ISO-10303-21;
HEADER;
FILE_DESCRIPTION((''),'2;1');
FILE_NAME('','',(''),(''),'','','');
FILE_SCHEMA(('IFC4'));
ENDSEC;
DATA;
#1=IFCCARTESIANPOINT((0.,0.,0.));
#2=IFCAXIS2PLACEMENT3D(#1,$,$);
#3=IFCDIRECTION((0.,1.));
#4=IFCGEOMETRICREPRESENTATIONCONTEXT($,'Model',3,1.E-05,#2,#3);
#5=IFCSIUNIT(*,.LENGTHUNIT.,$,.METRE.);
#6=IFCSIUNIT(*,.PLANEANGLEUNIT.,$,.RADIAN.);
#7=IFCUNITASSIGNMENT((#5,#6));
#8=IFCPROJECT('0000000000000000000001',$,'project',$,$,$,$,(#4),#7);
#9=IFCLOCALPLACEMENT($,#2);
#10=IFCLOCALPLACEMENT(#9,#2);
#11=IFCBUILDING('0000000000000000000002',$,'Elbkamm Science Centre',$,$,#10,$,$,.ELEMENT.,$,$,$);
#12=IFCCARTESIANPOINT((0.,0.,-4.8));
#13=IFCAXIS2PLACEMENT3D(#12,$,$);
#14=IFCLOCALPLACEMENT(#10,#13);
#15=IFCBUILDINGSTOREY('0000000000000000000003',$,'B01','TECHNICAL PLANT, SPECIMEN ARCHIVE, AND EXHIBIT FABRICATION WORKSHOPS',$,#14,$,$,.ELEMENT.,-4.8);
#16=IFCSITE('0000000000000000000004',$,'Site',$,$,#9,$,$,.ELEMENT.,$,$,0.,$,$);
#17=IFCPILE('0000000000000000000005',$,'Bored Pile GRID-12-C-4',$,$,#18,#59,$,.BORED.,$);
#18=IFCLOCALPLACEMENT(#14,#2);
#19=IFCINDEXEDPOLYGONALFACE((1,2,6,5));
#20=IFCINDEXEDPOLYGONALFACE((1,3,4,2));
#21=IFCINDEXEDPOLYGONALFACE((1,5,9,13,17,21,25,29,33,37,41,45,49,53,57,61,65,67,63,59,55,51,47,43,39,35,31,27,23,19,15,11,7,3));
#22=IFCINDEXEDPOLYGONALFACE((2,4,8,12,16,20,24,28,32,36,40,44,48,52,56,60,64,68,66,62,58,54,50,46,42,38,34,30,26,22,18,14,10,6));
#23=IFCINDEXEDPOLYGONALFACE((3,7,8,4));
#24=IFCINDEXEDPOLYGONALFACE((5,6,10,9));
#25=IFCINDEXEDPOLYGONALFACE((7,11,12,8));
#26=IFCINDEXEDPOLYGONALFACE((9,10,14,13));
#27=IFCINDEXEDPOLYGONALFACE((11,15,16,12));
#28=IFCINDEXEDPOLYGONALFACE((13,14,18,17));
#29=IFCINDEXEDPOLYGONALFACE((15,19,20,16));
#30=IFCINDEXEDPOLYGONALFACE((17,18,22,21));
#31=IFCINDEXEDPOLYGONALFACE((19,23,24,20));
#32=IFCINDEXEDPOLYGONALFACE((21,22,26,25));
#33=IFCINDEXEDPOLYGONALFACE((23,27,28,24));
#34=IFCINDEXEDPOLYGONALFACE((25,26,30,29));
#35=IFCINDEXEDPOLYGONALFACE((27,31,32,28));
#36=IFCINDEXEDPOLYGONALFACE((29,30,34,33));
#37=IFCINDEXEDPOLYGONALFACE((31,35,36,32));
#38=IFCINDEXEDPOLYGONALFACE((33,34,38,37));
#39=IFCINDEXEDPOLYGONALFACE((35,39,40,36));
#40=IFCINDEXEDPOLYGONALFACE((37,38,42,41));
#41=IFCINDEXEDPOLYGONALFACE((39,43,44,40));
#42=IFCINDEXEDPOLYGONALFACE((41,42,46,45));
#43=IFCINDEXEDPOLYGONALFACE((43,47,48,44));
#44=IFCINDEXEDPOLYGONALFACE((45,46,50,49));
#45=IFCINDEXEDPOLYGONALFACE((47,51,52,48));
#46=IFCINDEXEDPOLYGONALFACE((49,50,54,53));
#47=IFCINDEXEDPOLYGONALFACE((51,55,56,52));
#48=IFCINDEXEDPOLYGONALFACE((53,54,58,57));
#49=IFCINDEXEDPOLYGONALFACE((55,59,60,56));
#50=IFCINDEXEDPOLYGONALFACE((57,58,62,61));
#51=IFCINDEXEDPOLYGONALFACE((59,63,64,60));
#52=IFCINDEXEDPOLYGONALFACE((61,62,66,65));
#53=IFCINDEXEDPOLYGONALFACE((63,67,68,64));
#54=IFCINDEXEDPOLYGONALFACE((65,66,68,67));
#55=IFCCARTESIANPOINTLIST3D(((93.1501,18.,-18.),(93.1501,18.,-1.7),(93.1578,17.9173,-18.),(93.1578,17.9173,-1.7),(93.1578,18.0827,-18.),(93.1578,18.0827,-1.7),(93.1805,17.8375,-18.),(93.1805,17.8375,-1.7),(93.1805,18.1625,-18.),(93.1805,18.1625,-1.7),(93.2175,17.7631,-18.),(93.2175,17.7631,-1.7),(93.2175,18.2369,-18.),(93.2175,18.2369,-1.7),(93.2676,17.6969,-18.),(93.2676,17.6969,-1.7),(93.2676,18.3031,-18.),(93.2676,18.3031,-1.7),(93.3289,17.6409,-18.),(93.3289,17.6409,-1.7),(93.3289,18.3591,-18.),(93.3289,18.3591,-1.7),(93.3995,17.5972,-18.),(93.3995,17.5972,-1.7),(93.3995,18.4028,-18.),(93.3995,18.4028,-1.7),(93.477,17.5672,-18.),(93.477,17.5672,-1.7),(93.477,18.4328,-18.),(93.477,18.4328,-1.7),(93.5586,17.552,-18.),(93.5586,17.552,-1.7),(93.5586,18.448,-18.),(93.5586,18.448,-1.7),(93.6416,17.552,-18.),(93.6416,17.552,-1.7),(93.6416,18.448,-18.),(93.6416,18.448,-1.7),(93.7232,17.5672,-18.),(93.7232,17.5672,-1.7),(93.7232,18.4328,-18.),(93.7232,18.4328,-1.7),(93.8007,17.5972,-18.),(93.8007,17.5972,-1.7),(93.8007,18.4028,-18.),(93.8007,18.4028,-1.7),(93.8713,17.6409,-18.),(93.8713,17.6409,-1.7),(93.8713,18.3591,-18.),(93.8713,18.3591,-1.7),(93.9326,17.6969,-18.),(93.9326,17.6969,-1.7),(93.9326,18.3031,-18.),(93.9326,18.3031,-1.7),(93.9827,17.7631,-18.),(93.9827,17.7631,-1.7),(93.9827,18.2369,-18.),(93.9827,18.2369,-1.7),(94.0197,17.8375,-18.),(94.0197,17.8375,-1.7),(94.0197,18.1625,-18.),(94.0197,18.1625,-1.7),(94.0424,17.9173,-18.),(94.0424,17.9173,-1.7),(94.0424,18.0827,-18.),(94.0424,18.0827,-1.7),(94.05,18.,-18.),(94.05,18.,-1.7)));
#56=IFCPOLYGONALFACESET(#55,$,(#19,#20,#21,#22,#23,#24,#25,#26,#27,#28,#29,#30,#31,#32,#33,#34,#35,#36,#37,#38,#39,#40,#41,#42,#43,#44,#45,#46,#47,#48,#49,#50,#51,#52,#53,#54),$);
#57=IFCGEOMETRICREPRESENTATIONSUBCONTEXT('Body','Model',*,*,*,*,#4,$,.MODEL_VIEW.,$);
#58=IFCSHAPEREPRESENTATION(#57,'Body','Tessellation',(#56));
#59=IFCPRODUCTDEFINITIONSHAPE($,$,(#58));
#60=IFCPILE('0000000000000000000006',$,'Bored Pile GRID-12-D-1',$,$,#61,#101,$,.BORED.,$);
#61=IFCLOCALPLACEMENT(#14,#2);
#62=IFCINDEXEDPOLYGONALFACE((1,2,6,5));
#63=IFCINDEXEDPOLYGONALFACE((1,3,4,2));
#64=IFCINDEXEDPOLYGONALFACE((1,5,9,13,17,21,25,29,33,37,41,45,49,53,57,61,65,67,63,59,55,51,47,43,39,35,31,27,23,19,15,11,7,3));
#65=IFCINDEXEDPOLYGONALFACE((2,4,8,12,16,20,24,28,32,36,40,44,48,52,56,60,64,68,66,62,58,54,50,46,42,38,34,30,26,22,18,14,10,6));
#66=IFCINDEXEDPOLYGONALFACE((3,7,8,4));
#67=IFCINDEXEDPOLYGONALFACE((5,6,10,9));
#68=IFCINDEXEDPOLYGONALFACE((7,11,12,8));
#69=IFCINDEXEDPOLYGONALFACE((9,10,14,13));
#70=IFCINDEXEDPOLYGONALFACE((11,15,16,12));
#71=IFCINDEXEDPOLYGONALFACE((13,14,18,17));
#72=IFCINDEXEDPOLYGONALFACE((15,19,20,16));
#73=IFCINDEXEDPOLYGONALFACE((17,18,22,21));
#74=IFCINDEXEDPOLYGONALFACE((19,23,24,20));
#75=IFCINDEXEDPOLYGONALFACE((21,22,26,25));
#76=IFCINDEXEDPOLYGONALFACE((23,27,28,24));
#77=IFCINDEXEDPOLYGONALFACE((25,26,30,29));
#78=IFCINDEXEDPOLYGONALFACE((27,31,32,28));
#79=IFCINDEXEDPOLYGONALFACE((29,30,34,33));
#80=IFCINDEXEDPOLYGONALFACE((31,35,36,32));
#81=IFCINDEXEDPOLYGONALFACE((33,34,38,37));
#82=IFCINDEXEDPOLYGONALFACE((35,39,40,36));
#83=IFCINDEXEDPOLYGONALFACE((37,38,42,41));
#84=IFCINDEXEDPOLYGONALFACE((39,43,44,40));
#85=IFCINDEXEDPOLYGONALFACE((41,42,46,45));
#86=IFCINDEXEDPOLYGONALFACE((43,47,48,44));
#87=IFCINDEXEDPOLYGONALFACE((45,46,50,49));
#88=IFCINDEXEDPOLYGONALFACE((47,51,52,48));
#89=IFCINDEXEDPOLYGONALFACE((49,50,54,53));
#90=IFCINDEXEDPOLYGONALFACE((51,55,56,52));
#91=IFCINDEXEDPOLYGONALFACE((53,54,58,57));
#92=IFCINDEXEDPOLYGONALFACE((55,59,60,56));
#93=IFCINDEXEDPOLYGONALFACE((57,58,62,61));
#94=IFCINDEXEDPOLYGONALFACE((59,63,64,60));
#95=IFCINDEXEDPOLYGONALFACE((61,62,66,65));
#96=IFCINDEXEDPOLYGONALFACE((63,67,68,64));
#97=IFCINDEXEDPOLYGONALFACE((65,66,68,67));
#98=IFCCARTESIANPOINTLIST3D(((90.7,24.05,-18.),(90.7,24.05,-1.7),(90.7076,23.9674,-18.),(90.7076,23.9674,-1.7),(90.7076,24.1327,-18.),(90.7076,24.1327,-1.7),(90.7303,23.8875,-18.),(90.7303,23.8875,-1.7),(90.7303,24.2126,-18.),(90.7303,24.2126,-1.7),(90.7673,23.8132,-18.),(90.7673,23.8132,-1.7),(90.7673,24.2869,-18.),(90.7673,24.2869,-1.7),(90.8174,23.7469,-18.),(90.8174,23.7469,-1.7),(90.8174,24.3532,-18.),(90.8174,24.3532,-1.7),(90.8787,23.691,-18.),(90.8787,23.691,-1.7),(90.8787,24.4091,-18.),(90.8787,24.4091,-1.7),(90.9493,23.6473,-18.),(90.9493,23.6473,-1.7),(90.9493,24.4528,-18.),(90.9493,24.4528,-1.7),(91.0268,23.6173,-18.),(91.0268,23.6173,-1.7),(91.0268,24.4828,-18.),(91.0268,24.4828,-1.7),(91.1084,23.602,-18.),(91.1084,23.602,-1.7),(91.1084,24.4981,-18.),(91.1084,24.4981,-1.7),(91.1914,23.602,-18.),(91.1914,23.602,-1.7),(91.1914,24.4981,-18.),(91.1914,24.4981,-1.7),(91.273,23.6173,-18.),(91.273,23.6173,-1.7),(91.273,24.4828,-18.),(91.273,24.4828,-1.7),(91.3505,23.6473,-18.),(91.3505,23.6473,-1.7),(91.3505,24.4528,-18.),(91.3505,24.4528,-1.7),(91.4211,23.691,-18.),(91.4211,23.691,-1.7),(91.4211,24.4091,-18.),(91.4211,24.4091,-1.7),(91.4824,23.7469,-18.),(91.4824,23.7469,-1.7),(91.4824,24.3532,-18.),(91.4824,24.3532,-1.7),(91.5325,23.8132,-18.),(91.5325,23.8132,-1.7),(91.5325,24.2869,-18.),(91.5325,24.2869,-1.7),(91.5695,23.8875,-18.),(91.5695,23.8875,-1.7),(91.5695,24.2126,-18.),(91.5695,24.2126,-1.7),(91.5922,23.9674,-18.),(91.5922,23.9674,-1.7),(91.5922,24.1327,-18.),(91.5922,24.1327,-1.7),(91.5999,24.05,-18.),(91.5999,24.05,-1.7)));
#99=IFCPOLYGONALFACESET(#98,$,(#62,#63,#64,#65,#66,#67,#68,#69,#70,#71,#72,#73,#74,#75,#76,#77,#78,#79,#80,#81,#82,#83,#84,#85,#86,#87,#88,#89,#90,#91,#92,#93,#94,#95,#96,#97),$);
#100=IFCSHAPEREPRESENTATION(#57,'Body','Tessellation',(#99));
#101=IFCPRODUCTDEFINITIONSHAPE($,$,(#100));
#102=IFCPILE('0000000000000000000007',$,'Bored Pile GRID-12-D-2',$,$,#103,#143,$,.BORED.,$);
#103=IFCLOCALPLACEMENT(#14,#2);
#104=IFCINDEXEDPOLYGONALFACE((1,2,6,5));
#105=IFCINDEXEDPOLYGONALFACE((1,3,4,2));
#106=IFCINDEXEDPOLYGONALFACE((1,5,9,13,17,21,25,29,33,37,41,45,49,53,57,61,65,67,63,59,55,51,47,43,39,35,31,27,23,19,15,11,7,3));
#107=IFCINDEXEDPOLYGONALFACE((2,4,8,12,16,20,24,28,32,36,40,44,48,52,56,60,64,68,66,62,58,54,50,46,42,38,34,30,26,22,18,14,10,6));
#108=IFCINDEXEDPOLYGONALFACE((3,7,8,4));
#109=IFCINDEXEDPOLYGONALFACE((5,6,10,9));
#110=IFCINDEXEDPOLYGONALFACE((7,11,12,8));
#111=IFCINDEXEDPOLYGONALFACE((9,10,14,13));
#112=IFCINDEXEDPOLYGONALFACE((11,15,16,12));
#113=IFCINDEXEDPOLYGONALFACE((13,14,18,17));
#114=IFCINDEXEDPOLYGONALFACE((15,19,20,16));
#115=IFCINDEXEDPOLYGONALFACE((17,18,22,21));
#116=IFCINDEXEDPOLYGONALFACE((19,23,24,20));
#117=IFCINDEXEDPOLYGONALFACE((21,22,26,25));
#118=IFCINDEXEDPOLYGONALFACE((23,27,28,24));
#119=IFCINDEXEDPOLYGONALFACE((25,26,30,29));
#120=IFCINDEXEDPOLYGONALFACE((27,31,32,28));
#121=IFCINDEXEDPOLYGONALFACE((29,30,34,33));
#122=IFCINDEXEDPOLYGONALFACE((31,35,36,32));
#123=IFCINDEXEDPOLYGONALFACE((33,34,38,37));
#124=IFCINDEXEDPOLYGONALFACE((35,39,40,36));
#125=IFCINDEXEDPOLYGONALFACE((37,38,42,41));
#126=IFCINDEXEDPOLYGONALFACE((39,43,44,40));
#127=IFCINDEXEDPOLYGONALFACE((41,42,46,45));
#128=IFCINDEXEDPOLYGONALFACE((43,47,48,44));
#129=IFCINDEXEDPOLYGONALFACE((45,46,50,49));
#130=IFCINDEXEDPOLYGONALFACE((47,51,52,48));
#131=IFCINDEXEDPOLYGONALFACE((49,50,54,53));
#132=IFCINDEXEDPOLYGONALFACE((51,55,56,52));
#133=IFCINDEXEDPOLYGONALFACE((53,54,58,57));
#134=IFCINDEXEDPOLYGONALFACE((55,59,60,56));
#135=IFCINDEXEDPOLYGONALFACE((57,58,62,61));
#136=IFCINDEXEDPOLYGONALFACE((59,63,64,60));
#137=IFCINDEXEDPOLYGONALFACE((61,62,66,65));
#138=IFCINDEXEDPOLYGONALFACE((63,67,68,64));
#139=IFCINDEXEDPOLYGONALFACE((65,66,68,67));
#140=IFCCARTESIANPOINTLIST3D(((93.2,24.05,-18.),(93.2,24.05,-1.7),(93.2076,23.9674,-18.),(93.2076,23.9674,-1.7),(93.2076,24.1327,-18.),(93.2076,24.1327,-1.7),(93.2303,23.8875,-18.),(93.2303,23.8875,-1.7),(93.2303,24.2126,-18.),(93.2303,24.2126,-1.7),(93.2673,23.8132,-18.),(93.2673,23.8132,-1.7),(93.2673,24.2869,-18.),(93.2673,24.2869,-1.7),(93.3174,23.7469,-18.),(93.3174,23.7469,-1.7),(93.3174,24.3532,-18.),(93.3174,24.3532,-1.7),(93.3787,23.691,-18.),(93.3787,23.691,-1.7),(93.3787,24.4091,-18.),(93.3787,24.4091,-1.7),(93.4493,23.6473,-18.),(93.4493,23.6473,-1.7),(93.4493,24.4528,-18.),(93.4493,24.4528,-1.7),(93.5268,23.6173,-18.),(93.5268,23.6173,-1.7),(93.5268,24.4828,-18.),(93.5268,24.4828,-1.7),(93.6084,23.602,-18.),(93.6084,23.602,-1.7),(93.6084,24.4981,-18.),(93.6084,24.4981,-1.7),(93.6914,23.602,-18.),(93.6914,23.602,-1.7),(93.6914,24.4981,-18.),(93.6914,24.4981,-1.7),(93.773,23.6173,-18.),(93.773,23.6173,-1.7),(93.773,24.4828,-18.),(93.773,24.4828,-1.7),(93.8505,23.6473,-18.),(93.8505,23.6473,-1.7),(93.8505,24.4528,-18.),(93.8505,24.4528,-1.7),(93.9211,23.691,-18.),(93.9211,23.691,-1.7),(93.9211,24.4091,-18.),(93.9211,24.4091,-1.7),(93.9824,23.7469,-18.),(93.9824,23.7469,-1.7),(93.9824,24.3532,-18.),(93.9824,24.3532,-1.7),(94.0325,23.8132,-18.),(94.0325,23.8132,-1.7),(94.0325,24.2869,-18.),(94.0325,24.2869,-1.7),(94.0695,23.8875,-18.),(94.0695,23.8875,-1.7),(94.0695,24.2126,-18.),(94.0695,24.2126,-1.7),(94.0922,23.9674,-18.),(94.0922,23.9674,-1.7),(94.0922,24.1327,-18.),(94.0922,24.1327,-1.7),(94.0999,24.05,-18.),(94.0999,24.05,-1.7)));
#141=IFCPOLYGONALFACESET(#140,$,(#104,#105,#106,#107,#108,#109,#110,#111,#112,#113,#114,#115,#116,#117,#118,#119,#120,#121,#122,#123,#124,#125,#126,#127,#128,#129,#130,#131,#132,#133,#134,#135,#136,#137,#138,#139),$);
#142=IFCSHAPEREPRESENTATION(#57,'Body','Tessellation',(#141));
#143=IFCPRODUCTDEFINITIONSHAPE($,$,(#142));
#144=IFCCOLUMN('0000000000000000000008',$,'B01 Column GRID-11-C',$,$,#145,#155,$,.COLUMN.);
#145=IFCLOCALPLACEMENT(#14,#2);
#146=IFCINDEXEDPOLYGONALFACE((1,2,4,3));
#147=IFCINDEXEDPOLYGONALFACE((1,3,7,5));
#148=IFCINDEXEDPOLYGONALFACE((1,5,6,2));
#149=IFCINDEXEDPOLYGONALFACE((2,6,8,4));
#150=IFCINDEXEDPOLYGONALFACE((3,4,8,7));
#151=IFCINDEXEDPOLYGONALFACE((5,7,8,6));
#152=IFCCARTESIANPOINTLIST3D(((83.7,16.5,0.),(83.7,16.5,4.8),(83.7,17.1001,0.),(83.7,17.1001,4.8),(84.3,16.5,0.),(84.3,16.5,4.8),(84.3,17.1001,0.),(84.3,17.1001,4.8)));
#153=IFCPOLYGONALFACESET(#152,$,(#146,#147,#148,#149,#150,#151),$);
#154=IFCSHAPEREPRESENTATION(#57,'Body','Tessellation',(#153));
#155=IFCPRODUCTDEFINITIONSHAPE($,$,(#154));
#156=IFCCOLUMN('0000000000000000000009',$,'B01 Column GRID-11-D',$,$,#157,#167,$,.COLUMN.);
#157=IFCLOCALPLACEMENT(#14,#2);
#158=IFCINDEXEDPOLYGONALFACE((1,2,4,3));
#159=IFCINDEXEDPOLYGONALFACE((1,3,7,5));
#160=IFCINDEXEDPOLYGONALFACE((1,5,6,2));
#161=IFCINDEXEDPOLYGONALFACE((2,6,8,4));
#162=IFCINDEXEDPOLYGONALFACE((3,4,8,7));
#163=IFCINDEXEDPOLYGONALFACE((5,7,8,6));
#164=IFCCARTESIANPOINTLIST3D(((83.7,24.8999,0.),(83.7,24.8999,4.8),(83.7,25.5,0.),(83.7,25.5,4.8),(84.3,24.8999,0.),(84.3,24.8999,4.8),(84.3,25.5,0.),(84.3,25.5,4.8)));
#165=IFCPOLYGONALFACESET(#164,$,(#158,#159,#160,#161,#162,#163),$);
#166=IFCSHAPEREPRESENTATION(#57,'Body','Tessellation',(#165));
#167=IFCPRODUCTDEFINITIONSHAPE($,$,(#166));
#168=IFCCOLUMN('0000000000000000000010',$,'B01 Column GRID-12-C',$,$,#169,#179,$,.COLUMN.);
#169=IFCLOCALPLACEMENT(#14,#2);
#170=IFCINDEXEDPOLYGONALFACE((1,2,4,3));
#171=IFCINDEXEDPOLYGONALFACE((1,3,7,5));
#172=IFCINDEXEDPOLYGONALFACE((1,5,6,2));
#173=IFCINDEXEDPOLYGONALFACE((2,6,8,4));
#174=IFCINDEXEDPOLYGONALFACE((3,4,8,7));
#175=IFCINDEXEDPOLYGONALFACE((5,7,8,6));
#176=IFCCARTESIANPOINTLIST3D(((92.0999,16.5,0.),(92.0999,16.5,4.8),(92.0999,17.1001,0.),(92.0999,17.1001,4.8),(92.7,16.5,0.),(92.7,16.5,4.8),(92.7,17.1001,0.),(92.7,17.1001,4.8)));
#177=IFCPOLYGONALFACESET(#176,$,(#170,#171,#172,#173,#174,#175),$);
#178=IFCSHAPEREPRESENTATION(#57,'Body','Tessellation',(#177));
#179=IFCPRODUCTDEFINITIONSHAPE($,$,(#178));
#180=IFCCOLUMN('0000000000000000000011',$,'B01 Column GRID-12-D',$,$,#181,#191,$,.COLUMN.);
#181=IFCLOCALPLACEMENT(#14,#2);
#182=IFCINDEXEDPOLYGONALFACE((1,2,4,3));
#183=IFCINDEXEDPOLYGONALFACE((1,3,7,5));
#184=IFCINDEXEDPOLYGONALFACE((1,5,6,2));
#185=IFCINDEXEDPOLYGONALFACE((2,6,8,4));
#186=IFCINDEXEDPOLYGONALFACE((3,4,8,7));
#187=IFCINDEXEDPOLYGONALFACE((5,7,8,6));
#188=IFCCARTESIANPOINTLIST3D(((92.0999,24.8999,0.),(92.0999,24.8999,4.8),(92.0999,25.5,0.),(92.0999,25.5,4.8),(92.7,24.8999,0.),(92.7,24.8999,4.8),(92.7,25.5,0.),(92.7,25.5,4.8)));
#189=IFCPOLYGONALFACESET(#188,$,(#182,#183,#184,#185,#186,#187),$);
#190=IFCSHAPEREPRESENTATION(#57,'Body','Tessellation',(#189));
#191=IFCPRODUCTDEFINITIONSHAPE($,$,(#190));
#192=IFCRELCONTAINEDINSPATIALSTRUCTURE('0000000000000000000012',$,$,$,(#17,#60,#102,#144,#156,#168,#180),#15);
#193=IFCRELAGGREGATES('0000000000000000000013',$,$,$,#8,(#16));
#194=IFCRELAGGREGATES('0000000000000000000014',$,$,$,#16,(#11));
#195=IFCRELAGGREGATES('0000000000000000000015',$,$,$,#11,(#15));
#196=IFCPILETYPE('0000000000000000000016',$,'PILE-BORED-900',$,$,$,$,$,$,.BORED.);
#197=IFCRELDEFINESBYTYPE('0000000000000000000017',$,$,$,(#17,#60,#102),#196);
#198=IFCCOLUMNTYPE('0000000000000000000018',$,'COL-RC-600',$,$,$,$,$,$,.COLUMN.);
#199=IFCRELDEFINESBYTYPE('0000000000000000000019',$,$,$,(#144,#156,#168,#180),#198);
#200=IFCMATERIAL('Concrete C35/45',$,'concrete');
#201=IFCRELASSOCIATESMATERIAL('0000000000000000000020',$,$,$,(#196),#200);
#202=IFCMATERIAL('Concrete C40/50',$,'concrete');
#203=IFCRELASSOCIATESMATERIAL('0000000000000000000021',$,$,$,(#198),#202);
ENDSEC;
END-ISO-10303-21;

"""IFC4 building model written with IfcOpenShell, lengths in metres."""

from ifc_helpers import new_model, si_unit, direction, frame, origin, origin_2d, place, context, subcontext, project, spatial, rectangle, circle, extrude, material, material_profile, profile_set, type_object, element, save


model = new_model("IFC4")

# Units and contexts
model_context = context("Model", 3, precision=1e-05, world=origin(), true_north=direction((0.0, 1.0)))
body_context = subcontext(model_context, "Body", "Model", "MODEL_VIEW")
ifc_project = project(units=[si_unit("LENGTHUNIT", "METRE"), si_unit("PLANEANGLEUNIT", "RADIAN")], contexts=[model_context])

# Site, building, storey
site_placement = place(None, origin())
site = spatial("IfcSite", under=ifc_project, at=site_placement, Name="Site", CompositionType="ELEMENT", RefElevation=0.0)
building_placement = place(site_placement, origin())
building = spatial("IfcBuilding", under=site, at=building_placement, Name="Elbkamm Science Centre", CompositionType="ELEMENT")
storey_placement = place(building_placement, frame((0.0, 0.0, -4.8)))
storey = spatial("IfcBuildingStorey", under=building, at=storey_placement, Name="B01", Description="TECHNICAL PLANT, SPECIMEN ARCHIVE, AND EXHIBIT FABRICATION WORKSHOPS", CompositionType="ELEMENT", Elevation=-4.8)

# Shared definitions
ifc_material_1 = material(Name="Concrete C35/45", Category="concrete")

# Piles
ifc_material_profile_1 = material_profile(ifc_material_1, circle(Radius=0.45, at=origin_2d()), Name="PILE D900")
ifc_profile_set_1 = profile_set([ifc_material_profile_1], Name="Concrete C35/45")
pile_type = type_object("IfcPileType", Name="PILE-BORED-900", PredefinedType="BORED", material=ifc_profile_set_1)
for number, where, z_axis, x_axis, name in (
    (1, (93.6001, 18.0, -1.7), (0.0, 0.0, -1.0), (1.0, 0.0, 0.0), "Bored Pile GRID-12-C-4"),
    (2, (91.1499, 24.05, -1.7), (0.0, 0.0, -1.0), (1.0, 0.0, 0.0), "Bored Pile GRID-12-D-1"),
    (3, (93.6499, 24.05, -1.7), (0.0, 0.0, -1.0), (1.0, 0.0, 0.0), "Bored Pile GRID-12-D-2"),
):
    element("IfcPile", number, at=place(storey_placement, frame(where, z_axis=z_axis, x_axis=x_axis)), inside=storey, type_object=pile_type, Name=name, PredefinedType="BORED", context=body_context, shape_type="SweptSolid", body=[
        extrude(circle(Radius=0.45, at=origin_2d()), origin(), (0.0, 0.0, 1.0), 16.3),
    ])

# Columns
ifc_material_2 = material(Name="Concrete C40/50", Category="concrete")
ifc_material_profile_2 = material_profile(ifc_material_2, rectangle(XDim=0.6001, YDim=0.6001, at=origin_2d()), Name="RC 600x600")
ifc_profile_set_2 = profile_set([ifc_material_profile_2], Name="Concrete C40/50")
column_type = type_object("IfcColumnType", Name="COL-RC-600", PredefinedType="COLUMN", material=ifc_profile_set_2)
for number, where, z_axis, x_axis, name in (
    (4, (84.0, 16.8, 0.0), (0.0, 0.0, 1.0), (1.0, 0.0, 0.0), "B01 Column GRID-11-C"),
    (5, (84.0, 25.2, 0.0), (0.0, 0.0, 1.0), (1.0, 0.0, 0.0), "B01 Column GRID-11-D"),
    (6, (92.3999, 16.8, 0.0), (0.0, 0.0, 1.0), (1.0, 0.0, 0.0), "B01 Column GRID-12-C"),
    (7, (92.3999, 25.2, 0.0), (0.0, 0.0, 1.0), (1.0, 0.0, 0.0), "B01 Column GRID-12-D"),
):
    element("IfcColumn", number, at=place(storey_placement, frame(where, z_axis=z_axis, x_axis=x_axis)), inside=storey, type_object=column_type, Name=name, PredefinedType="COLUMN", context=body_context, shape_type="SweptSolid", body=[
        extrude(rectangle(XDim=0.6001, YDim=0.6001, at=origin_2d()), origin(), (0.0, 0.0, 1.0), 4.8),
    ])

save(model, "model.ifc")
